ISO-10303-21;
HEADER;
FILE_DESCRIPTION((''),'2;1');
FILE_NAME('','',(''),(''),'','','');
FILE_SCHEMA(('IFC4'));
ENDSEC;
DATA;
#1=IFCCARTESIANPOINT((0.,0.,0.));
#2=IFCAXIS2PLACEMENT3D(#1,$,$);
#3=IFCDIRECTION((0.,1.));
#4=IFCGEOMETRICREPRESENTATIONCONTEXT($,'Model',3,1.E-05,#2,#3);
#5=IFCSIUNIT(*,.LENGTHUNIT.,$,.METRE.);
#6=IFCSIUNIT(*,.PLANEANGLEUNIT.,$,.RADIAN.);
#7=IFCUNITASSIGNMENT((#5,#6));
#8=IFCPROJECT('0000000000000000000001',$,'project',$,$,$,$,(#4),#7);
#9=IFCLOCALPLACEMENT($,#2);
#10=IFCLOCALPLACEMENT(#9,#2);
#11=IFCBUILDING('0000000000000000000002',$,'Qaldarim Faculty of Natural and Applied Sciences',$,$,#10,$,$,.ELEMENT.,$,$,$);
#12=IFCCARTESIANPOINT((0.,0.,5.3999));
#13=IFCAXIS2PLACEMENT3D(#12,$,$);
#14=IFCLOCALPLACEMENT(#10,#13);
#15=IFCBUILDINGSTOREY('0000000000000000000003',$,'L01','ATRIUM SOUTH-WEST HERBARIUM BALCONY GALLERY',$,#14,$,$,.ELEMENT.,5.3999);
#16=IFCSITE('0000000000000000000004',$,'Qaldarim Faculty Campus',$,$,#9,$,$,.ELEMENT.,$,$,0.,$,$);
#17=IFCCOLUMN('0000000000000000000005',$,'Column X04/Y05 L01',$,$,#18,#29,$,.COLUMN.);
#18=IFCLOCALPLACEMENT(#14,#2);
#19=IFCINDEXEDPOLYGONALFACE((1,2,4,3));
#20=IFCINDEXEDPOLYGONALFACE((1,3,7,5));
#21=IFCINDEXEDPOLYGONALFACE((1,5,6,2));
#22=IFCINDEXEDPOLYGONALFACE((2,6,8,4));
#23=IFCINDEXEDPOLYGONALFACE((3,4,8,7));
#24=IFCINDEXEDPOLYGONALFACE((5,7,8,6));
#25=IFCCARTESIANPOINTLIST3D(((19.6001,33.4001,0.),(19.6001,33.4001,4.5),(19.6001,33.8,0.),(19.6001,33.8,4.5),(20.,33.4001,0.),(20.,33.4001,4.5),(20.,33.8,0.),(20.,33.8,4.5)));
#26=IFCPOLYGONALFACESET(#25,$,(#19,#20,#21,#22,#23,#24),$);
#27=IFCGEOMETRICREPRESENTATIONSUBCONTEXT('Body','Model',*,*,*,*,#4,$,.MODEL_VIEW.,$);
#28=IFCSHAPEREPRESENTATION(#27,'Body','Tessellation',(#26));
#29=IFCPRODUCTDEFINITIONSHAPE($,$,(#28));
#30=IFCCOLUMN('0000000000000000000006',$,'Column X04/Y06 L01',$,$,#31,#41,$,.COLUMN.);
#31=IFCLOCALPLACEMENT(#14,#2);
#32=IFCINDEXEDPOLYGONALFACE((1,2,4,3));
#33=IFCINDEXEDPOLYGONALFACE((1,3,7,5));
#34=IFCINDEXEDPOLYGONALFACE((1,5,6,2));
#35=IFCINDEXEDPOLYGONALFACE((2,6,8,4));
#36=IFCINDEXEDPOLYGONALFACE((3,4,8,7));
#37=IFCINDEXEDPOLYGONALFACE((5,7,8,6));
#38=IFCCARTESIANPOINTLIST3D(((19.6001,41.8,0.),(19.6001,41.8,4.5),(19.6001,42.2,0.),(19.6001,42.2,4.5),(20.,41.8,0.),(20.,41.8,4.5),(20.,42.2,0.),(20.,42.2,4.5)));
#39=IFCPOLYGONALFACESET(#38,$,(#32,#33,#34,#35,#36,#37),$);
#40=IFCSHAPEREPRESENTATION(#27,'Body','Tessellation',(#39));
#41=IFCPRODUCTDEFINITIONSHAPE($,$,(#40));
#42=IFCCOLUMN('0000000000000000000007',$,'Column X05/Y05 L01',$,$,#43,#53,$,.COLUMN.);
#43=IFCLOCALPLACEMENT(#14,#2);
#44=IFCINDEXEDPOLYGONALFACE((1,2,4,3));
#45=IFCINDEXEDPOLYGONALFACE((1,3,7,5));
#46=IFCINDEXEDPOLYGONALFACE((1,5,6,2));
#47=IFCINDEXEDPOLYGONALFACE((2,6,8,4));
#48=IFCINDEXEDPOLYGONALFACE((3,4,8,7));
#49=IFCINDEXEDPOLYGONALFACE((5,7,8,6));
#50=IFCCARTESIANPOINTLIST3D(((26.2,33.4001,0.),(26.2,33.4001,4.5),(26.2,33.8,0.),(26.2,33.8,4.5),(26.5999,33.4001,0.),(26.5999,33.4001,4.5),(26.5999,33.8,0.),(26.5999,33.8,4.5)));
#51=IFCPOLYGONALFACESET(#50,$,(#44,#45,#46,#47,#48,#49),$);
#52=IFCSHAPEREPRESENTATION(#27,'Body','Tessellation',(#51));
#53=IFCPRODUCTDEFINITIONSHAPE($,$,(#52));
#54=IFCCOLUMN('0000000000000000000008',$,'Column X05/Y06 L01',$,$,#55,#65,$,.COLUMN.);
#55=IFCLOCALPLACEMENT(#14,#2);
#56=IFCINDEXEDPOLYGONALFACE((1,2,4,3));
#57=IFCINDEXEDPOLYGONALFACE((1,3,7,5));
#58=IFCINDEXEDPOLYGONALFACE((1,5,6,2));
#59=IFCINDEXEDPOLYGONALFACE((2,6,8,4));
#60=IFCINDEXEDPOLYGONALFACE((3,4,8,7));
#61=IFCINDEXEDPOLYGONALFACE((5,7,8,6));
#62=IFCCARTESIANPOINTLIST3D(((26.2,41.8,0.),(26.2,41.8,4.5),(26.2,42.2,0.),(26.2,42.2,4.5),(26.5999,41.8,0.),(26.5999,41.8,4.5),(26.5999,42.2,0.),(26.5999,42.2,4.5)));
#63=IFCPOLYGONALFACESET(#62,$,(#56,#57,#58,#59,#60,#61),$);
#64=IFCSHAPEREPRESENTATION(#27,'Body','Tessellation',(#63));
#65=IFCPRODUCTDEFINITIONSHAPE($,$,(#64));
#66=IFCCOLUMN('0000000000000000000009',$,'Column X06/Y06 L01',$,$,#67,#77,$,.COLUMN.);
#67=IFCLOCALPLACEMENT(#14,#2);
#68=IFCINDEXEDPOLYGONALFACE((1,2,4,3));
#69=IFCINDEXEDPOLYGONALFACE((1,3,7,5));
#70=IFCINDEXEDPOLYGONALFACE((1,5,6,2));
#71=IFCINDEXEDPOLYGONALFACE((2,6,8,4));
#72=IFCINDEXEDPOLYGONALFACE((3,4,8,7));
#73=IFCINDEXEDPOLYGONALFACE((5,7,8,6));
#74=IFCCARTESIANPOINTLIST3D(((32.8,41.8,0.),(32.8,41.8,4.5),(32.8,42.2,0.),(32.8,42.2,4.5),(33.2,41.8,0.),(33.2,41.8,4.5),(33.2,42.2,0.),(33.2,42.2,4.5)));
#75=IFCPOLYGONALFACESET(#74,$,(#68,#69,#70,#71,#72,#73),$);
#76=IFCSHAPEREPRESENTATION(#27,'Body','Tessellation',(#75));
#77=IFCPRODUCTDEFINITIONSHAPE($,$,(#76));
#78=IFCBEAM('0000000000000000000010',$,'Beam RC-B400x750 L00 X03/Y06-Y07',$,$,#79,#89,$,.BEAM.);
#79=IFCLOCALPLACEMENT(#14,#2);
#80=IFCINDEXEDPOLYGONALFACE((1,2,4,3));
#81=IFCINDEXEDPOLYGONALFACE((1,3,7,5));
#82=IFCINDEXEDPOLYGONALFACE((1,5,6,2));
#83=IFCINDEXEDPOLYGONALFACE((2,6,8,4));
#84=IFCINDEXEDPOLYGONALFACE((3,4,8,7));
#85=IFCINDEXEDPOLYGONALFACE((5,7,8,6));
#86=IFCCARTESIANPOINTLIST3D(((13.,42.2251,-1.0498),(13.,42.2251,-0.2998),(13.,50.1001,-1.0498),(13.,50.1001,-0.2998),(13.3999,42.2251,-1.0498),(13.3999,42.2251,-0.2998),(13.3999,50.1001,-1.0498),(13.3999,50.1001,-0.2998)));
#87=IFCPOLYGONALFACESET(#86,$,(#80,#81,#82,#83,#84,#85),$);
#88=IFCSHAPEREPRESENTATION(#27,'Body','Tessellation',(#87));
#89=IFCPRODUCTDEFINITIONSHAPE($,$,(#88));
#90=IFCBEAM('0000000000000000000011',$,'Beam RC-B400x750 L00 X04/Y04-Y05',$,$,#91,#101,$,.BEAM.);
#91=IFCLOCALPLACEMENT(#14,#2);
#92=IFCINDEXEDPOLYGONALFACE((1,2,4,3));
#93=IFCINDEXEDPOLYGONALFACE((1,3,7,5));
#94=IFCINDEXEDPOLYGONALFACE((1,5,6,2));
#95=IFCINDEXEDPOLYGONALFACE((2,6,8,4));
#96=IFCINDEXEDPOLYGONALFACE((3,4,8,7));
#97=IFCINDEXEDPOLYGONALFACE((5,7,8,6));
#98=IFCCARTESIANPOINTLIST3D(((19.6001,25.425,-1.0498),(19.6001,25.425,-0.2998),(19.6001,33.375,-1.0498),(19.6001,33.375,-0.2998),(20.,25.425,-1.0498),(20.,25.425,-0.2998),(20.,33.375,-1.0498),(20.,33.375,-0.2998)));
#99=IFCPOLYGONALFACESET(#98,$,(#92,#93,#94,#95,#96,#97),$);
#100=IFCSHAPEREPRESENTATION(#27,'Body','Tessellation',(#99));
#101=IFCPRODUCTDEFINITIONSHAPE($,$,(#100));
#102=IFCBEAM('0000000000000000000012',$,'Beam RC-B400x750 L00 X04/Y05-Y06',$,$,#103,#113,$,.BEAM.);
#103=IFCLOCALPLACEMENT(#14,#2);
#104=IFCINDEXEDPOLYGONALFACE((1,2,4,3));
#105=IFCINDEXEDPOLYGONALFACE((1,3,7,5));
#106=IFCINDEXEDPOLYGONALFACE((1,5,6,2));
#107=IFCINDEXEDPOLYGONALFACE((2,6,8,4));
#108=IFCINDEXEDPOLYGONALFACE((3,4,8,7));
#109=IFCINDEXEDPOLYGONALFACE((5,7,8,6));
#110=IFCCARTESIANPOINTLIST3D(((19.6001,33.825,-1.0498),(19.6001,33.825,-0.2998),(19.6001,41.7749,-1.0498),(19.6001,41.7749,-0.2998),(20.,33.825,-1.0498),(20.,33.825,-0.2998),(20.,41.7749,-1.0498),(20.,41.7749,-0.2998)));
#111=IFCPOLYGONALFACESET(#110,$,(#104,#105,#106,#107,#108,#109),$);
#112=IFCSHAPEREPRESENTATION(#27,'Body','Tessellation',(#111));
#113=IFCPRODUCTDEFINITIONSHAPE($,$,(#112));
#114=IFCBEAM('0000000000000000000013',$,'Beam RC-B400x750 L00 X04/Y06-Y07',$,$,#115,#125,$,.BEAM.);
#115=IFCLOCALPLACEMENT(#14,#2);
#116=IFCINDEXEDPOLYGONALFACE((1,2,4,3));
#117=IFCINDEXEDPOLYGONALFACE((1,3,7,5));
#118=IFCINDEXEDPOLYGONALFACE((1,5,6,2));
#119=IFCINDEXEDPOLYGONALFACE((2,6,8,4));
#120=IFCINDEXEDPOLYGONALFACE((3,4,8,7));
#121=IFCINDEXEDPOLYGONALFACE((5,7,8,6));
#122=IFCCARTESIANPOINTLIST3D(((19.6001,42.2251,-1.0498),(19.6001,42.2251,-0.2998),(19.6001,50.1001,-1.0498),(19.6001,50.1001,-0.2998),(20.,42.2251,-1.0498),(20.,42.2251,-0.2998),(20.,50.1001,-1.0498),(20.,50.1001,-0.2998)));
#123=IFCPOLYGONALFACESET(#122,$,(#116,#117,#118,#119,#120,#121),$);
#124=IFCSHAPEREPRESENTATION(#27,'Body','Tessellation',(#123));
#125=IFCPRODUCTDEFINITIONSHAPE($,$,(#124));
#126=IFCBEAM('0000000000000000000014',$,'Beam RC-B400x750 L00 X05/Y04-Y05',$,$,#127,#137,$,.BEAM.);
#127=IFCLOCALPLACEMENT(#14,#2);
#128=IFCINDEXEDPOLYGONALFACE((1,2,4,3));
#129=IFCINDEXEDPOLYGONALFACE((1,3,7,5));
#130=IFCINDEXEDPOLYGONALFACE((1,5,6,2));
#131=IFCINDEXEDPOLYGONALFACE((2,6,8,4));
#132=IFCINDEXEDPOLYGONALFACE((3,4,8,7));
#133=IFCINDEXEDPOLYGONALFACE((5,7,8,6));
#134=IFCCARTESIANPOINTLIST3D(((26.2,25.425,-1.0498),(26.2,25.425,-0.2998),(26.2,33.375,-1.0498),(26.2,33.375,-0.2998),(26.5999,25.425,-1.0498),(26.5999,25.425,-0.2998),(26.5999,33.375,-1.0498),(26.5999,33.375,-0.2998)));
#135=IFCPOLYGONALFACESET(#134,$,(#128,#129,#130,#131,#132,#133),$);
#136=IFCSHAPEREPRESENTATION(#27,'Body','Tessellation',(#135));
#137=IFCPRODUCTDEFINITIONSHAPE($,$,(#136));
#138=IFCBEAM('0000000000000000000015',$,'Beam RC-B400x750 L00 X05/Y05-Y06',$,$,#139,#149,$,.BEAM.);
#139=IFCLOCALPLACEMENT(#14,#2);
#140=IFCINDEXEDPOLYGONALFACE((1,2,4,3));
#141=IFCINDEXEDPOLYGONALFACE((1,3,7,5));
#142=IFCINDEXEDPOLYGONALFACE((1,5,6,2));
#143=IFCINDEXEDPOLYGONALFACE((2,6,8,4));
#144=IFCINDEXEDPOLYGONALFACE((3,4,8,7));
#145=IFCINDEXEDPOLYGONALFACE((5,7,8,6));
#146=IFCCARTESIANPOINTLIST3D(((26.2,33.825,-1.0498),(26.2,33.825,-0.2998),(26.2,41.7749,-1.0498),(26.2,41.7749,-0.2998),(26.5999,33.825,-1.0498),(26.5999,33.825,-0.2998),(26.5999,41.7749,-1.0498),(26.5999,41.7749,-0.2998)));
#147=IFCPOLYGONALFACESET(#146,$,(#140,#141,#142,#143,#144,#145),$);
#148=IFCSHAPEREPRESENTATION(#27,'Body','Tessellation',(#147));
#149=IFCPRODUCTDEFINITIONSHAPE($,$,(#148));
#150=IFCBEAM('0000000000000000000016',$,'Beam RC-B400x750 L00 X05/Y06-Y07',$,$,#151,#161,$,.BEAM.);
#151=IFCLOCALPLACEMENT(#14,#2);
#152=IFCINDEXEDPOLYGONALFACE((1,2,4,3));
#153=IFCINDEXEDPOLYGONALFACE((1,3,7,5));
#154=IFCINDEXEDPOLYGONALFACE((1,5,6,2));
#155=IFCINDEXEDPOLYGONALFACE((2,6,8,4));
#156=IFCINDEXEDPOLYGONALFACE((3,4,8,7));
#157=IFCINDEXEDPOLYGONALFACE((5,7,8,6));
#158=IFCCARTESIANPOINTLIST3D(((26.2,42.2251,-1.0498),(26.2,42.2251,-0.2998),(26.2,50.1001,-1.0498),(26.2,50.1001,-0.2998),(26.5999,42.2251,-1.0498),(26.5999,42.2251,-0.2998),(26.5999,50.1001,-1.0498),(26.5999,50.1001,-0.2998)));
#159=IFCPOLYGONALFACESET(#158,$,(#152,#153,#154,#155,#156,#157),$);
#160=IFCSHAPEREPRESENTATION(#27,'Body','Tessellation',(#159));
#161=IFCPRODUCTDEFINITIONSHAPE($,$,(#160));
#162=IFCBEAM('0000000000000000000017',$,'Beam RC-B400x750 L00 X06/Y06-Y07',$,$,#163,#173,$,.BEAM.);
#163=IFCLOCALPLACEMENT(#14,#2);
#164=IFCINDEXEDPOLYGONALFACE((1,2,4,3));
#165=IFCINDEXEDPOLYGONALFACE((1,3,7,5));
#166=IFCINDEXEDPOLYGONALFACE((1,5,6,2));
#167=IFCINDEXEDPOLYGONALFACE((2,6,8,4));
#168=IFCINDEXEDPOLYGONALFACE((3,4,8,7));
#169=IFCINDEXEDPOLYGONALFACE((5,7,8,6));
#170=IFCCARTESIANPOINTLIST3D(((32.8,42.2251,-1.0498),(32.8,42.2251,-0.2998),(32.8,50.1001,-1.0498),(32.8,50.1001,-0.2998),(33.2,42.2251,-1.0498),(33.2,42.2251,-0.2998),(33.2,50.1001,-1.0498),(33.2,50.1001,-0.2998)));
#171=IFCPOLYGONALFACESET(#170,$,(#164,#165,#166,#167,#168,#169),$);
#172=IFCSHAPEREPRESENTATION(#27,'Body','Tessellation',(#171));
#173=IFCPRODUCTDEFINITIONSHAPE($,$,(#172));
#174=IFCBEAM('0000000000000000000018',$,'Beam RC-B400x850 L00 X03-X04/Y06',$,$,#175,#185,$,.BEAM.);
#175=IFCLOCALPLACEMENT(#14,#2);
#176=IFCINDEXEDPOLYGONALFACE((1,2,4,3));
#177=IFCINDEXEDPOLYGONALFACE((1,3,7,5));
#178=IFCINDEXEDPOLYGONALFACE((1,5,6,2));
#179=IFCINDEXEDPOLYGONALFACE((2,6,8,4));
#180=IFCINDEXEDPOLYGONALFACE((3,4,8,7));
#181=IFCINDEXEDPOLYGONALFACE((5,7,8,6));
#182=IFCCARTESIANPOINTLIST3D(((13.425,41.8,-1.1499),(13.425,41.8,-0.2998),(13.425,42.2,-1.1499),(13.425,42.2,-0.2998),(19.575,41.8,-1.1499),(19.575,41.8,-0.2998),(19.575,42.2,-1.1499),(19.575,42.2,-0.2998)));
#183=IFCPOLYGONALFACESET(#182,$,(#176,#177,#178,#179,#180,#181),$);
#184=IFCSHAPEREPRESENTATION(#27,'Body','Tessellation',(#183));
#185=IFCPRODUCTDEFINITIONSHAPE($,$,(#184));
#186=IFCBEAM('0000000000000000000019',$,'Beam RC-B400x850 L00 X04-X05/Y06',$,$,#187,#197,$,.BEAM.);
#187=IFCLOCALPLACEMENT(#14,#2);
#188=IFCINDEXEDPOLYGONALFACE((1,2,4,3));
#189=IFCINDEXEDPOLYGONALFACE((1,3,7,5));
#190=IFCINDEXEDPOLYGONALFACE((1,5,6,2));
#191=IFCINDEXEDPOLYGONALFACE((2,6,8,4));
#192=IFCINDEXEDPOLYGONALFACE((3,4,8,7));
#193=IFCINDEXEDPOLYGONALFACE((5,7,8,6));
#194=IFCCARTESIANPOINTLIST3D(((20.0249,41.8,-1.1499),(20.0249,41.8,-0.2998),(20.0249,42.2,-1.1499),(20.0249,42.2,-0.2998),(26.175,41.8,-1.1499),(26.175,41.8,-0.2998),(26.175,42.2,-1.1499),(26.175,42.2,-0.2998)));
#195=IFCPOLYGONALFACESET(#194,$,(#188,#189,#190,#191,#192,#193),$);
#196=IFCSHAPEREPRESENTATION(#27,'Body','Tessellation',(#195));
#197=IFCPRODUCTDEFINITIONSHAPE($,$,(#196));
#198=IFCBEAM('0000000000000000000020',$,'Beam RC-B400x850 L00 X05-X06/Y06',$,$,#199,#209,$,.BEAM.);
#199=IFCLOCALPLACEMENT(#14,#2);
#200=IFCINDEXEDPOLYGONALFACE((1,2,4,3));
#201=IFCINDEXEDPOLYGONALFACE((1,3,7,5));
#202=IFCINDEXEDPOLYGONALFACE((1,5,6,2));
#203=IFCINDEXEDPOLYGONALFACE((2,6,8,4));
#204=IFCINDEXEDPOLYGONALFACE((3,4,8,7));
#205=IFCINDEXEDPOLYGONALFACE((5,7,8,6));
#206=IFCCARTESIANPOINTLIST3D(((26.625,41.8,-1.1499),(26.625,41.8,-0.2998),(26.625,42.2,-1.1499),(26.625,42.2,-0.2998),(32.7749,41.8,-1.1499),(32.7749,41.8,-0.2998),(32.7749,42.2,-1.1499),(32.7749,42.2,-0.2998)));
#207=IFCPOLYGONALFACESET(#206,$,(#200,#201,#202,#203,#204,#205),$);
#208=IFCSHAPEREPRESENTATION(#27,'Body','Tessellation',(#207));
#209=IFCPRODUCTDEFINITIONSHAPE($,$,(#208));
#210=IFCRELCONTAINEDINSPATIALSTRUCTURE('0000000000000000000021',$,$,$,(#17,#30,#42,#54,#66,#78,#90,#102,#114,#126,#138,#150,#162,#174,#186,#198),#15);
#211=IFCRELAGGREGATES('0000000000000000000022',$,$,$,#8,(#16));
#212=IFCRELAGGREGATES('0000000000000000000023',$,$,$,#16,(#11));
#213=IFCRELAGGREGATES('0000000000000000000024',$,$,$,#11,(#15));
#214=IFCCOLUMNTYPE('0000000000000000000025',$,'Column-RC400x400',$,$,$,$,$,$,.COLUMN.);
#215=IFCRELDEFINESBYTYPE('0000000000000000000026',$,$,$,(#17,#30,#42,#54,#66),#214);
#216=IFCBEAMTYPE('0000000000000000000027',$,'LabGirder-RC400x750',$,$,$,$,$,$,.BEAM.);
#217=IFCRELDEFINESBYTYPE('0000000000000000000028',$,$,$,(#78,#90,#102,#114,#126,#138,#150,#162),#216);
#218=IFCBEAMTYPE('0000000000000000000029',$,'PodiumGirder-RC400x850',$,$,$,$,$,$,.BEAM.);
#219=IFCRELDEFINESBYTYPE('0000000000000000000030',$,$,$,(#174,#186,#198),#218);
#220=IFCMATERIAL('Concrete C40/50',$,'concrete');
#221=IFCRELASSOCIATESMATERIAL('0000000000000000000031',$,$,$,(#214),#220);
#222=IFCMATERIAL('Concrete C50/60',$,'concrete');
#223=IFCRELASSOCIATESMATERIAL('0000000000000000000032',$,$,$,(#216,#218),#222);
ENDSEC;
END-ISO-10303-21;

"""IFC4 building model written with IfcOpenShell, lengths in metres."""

from ifc_helpers import new_model, si_unit, direction, frame, origin, origin_2d, place, context, subcontext, project, spatial, rectangle, extrude, material, material_profile, profile_set, type_object, element, save


model = new_model("IFC4")

# Units and contexts
model_context = context("Model", 3, precision=1e-05, world=origin(), true_north=direction((0.0, 1.0)))
body_context = subcontext(model_context, "Body", "Model", "MODEL_VIEW")
ifc_project = project(units=[si_unit("LENGTHUNIT", "METRE"), si_unit("PLANEANGLEUNIT", "RADIAN")], contexts=[model_context])

# Site, building, storey
site_placement = place(None, origin())
site = spatial("IfcSite", under=ifc_project, at=site_placement, Name="Qaldarim Faculty Campus", CompositionType="ELEMENT", RefElevation=0.0)
building_placement = place(site_placement, origin())
building = spatial("IfcBuilding", under=site, at=building_placement, Name="Qaldarim Faculty of Natural and Applied Sciences", CompositionType="ELEMENT")
storey_placement = place(building_placement, frame((0.0, 0.0, 5.3999)))
storey = spatial("IfcBuildingStorey", under=building, at=storey_placement, Name="L01", Description="ATRIUM SOUTH-WEST HERBARIUM BALCONY GALLERY", CompositionType="ELEMENT", Elevation=5.3999)

# Columns
ifc_material_1 = material(Name="Concrete C40/50", Category="concrete")
ifc_material_profile_1 = material_profile(ifc_material_1, rectangle(XDim=0.3999, YDim=0.3999, at=origin_2d()), Name="RC-C400x400")
ifc_profile_set_1 = profile_set([ifc_material_profile_1], Name="Concrete C40/50")
column_type = type_object("IfcColumnType", Name="Column-RC400x400", PredefinedType="COLUMN", material=ifc_profile_set_1)
for number, where, z_axis, x_axis, name in (
    (1, (19.8, 33.6001, 0.0), (0.0, 0.0, 1.0), (1.0, 0.0, 0.0), "Column X04/Y05 L01"),
    (2, (19.8, 42.0, 0.0), (0.0, 0.0, 1.0), (1.0, 0.0, 0.0), "Column X04/Y06 L01"),
    (3, (26.3999, 33.6001, 0.0), (0.0, 0.0, 1.0), (1.0, 0.0, 0.0), "Column X05/Y05 L01"),
    (4, (26.3999, 42.0, 0.0), (0.0, 0.0, 1.0), (1.0, 0.0, 0.0), "Column X05/Y06 L01"),
    (5, (33.0, 42.0, 0.0), (0.0, 0.0, 1.0), (1.0, 0.0, 0.0), "Column X06/Y06 L01"),
):
    element("IfcColumn", number, at=place(storey_placement, frame(where, z_axis=z_axis, x_axis=x_axis)), inside=storey, type_object=column_type, Name=name, PredefinedType="COLUMN", context=body_context, shape_type="SweptSolid", body=[
        extrude(rectangle(XDim=0.3999, YDim=0.3999, at=origin_2d()), origin(), (0.0, 0.0, 1.0), 4.5),
    ])

# Beams
ifc_material_2 = material(Name="Concrete C50/60", Category="concrete")
ifc_material_profile_2 = material_profile(ifc_material_2, rectangle(XDim=0.3999, YDim=0.75, at=origin_2d()), Name="RC-B400x750")
ifc_profile_set_2 = profile_set([ifc_material_profile_2], Name="Concrete C50/60")
beam_type_1 = type_object("IfcBeamType", Name="LabGirder-RC400x750", PredefinedType="BEAM", material=ifc_profile_set_2)
beam_1_placement = place(storey_placement, frame((13.2, 42.2251, -0.6748), z_axis=(0.0, 1.0, 0.0), x_axis=(-1.0, 0.0, 0.0)))
element("IfcBeam", 6, at=beam_1_placement, inside=storey, type_object=beam_type_1, Name="Beam RC-B400x750 L00 X03/Y06-Y07", PredefinedType="BEAM", context=body_context, shape_type="SweptSolid", body=[
    extrude(rectangle(XDim=0.3999, YDim=0.75, at=origin_2d()), origin(), (0.0, 0.0, 1.0), 7.875),
])
for number, where, z_axis, x_axis, name in (
    (7, (19.8, 25.425, -0.6748), (0.0, 1.0, 0.0), (-1.0, 0.0, 0.0), "Beam RC-B400x750 L00 X04/Y04-Y05"),
    (8, (19.8, 33.825, -0.6748), (0.0, 1.0, 0.0), (-1.0, 0.0, 0.0), "Beam RC-B400x750 L00 X04/Y05-Y06"),
):
    element("IfcBeam", number, at=place(storey_placement, frame(where, z_axis=z_axis, x_axis=x_axis)), inside=storey, type_object=beam_type_1, Name=name, PredefinedType="BEAM", context=body_context, shape_type="SweptSolid", body=[
        extrude(rectangle(XDim=0.3999, YDim=0.75, at=origin_2d()), origin(), (0.0, 0.0, 1.0), 7.95),
    ])
beam_2_placement = place(storey_placement, frame((19.8, 42.2251, -0.6748), z_axis=(0.0, 1.0, 0.0), x_axis=(-1.0, 0.0, 0.0)))
element("IfcBeam", 9, at=beam_2_placement, inside=storey, type_object=beam_type_1, Name="Beam RC-B400x750 L00 X04/Y06-Y07", PredefinedType="BEAM", context=body_context, shape_type="SweptSolid", body=[
    extrude(rectangle(XDim=0.3999, YDim=0.75, at=origin_2d()), origin(), (0.0, 0.0, 1.0), 7.875),
])
for number, where, z_axis, x_axis, name in (
    (10, (26.3999, 25.425, -0.6748), (0.0, 1.0, 0.0), (-1.0, 0.0, 0.0), "Beam RC-B400x750 L00 X05/Y04-Y05"),
    (11, (26.3999, 33.825, -0.6748), (0.0, 1.0, 0.0), (-1.0, 0.0, 0.0), "Beam RC-B400x750 L00 X05/Y05-Y06"),
):
    element("IfcBeam", number, at=place(storey_placement, frame(where, z_axis=z_axis, x_axis=x_axis)), inside=storey, type_object=beam_type_1, Name=name, PredefinedType="BEAM", context=body_context, shape_type="SweptSolid", body=[
        extrude(rectangle(XDim=0.3999, YDim=0.75, at=origin_2d()), origin(), (0.0, 0.0, 1.0), 7.95),
    ])
for number, where, z_axis, x_axis, name in (
    (12, (26.3999, 42.2251, -0.6748), (0.0, 1.0, 0.0), (-1.0, 0.0, 0.0), "Beam RC-B400x750 L00 X05/Y06-Y07"),
    (13, (33.0, 42.2251, -0.6748), (0.0, 1.0, 0.0), (-1.0, 0.0, 0.0), "Beam RC-B400x750 L00 X06/Y06-Y07"),
):
    element("IfcBeam", number, at=place(storey_placement, frame(where, z_axis=z_axis, x_axis=x_axis)), inside=storey, type_object=beam_type_1, Name=name, PredefinedType="BEAM", context=body_context, shape_type="SweptSolid", body=[
        extrude(rectangle(XDim=0.3999, YDim=0.75, at=origin_2d()), origin(), (0.0, 0.0, 1.0), 7.875),
    ])
ifc_material_profile_3 = material_profile(ifc_material_2, rectangle(XDim=0.3999, YDim=0.8501, at=origin_2d()), Name="RC-B400x850")
ifc_profile_set_3 = profile_set([ifc_material_profile_3], Name="Concrete C50/60")
beam_type_2 = type_object("IfcBeamType", Name="PodiumGirder-RC400x850", PredefinedType="BEAM", material=ifc_profile_set_3)
beam_3_placement = place(storey_placement, frame((13.425, 42.0, -0.7249), z_axis=(1.0, 0.0, 0.0), x_axis=(0.0, 1.0, 0.0)))
element("IfcBeam", 14, at=beam_3_placement, inside=storey, type_object=beam_type_2, Name="Beam RC-B400x850 L00 X03-X04/Y06", PredefinedType="BEAM", context=body_context, shape_type="SweptSolid", body=[
    extrude(rectangle(XDim=0.3999, YDim=0.8501, at=origin_2d()), origin(), (0.0, 0.0, 1.0), 6.1499),
])
beam_4_placement = place(storey_placement, frame((20.0249, 42.0, -0.7249), z_axis=(1.0, 0.0, 0.0), x_axis=(0.0, 1.0, 0.0)))
element("IfcBeam", 15, at=beam_4_placement, inside=storey, type_object=beam_type_2, Name="Beam RC-B400x850 L00 X04-X05/Y06", PredefinedType="BEAM", context=body_context, shape_type="SweptSolid", body=[
    extrude(rectangle(XDim=0.3999, YDim=0.8501, at=origin_2d()), origin(), (0.0, 0.0, 1.0), 6.1501),
])
for number, where, z_axis, x_axis, name in (
    (16, (26.625, 42.0, -0.7249), (1.0, 0.0, 0.0), (0.0, 1.0, 0.0), "Beam RC-B400x850 L00 X05-X06/Y06"),
):
    element("IfcBeam", number, at=place(storey_placement, frame(where, z_axis=z_axis, x_axis=x_axis)), inside=storey, type_object=beam_type_2, Name=name, PredefinedType="BEAM", context=body_context, shape_type="SweptSolid", body=[
        extrude(rectangle(XDim=0.3999, YDim=0.8501, at=origin_2d()), origin(), (0.0, 0.0, 1.0), 6.1499),
    ])

save(model, "model.ifc")
